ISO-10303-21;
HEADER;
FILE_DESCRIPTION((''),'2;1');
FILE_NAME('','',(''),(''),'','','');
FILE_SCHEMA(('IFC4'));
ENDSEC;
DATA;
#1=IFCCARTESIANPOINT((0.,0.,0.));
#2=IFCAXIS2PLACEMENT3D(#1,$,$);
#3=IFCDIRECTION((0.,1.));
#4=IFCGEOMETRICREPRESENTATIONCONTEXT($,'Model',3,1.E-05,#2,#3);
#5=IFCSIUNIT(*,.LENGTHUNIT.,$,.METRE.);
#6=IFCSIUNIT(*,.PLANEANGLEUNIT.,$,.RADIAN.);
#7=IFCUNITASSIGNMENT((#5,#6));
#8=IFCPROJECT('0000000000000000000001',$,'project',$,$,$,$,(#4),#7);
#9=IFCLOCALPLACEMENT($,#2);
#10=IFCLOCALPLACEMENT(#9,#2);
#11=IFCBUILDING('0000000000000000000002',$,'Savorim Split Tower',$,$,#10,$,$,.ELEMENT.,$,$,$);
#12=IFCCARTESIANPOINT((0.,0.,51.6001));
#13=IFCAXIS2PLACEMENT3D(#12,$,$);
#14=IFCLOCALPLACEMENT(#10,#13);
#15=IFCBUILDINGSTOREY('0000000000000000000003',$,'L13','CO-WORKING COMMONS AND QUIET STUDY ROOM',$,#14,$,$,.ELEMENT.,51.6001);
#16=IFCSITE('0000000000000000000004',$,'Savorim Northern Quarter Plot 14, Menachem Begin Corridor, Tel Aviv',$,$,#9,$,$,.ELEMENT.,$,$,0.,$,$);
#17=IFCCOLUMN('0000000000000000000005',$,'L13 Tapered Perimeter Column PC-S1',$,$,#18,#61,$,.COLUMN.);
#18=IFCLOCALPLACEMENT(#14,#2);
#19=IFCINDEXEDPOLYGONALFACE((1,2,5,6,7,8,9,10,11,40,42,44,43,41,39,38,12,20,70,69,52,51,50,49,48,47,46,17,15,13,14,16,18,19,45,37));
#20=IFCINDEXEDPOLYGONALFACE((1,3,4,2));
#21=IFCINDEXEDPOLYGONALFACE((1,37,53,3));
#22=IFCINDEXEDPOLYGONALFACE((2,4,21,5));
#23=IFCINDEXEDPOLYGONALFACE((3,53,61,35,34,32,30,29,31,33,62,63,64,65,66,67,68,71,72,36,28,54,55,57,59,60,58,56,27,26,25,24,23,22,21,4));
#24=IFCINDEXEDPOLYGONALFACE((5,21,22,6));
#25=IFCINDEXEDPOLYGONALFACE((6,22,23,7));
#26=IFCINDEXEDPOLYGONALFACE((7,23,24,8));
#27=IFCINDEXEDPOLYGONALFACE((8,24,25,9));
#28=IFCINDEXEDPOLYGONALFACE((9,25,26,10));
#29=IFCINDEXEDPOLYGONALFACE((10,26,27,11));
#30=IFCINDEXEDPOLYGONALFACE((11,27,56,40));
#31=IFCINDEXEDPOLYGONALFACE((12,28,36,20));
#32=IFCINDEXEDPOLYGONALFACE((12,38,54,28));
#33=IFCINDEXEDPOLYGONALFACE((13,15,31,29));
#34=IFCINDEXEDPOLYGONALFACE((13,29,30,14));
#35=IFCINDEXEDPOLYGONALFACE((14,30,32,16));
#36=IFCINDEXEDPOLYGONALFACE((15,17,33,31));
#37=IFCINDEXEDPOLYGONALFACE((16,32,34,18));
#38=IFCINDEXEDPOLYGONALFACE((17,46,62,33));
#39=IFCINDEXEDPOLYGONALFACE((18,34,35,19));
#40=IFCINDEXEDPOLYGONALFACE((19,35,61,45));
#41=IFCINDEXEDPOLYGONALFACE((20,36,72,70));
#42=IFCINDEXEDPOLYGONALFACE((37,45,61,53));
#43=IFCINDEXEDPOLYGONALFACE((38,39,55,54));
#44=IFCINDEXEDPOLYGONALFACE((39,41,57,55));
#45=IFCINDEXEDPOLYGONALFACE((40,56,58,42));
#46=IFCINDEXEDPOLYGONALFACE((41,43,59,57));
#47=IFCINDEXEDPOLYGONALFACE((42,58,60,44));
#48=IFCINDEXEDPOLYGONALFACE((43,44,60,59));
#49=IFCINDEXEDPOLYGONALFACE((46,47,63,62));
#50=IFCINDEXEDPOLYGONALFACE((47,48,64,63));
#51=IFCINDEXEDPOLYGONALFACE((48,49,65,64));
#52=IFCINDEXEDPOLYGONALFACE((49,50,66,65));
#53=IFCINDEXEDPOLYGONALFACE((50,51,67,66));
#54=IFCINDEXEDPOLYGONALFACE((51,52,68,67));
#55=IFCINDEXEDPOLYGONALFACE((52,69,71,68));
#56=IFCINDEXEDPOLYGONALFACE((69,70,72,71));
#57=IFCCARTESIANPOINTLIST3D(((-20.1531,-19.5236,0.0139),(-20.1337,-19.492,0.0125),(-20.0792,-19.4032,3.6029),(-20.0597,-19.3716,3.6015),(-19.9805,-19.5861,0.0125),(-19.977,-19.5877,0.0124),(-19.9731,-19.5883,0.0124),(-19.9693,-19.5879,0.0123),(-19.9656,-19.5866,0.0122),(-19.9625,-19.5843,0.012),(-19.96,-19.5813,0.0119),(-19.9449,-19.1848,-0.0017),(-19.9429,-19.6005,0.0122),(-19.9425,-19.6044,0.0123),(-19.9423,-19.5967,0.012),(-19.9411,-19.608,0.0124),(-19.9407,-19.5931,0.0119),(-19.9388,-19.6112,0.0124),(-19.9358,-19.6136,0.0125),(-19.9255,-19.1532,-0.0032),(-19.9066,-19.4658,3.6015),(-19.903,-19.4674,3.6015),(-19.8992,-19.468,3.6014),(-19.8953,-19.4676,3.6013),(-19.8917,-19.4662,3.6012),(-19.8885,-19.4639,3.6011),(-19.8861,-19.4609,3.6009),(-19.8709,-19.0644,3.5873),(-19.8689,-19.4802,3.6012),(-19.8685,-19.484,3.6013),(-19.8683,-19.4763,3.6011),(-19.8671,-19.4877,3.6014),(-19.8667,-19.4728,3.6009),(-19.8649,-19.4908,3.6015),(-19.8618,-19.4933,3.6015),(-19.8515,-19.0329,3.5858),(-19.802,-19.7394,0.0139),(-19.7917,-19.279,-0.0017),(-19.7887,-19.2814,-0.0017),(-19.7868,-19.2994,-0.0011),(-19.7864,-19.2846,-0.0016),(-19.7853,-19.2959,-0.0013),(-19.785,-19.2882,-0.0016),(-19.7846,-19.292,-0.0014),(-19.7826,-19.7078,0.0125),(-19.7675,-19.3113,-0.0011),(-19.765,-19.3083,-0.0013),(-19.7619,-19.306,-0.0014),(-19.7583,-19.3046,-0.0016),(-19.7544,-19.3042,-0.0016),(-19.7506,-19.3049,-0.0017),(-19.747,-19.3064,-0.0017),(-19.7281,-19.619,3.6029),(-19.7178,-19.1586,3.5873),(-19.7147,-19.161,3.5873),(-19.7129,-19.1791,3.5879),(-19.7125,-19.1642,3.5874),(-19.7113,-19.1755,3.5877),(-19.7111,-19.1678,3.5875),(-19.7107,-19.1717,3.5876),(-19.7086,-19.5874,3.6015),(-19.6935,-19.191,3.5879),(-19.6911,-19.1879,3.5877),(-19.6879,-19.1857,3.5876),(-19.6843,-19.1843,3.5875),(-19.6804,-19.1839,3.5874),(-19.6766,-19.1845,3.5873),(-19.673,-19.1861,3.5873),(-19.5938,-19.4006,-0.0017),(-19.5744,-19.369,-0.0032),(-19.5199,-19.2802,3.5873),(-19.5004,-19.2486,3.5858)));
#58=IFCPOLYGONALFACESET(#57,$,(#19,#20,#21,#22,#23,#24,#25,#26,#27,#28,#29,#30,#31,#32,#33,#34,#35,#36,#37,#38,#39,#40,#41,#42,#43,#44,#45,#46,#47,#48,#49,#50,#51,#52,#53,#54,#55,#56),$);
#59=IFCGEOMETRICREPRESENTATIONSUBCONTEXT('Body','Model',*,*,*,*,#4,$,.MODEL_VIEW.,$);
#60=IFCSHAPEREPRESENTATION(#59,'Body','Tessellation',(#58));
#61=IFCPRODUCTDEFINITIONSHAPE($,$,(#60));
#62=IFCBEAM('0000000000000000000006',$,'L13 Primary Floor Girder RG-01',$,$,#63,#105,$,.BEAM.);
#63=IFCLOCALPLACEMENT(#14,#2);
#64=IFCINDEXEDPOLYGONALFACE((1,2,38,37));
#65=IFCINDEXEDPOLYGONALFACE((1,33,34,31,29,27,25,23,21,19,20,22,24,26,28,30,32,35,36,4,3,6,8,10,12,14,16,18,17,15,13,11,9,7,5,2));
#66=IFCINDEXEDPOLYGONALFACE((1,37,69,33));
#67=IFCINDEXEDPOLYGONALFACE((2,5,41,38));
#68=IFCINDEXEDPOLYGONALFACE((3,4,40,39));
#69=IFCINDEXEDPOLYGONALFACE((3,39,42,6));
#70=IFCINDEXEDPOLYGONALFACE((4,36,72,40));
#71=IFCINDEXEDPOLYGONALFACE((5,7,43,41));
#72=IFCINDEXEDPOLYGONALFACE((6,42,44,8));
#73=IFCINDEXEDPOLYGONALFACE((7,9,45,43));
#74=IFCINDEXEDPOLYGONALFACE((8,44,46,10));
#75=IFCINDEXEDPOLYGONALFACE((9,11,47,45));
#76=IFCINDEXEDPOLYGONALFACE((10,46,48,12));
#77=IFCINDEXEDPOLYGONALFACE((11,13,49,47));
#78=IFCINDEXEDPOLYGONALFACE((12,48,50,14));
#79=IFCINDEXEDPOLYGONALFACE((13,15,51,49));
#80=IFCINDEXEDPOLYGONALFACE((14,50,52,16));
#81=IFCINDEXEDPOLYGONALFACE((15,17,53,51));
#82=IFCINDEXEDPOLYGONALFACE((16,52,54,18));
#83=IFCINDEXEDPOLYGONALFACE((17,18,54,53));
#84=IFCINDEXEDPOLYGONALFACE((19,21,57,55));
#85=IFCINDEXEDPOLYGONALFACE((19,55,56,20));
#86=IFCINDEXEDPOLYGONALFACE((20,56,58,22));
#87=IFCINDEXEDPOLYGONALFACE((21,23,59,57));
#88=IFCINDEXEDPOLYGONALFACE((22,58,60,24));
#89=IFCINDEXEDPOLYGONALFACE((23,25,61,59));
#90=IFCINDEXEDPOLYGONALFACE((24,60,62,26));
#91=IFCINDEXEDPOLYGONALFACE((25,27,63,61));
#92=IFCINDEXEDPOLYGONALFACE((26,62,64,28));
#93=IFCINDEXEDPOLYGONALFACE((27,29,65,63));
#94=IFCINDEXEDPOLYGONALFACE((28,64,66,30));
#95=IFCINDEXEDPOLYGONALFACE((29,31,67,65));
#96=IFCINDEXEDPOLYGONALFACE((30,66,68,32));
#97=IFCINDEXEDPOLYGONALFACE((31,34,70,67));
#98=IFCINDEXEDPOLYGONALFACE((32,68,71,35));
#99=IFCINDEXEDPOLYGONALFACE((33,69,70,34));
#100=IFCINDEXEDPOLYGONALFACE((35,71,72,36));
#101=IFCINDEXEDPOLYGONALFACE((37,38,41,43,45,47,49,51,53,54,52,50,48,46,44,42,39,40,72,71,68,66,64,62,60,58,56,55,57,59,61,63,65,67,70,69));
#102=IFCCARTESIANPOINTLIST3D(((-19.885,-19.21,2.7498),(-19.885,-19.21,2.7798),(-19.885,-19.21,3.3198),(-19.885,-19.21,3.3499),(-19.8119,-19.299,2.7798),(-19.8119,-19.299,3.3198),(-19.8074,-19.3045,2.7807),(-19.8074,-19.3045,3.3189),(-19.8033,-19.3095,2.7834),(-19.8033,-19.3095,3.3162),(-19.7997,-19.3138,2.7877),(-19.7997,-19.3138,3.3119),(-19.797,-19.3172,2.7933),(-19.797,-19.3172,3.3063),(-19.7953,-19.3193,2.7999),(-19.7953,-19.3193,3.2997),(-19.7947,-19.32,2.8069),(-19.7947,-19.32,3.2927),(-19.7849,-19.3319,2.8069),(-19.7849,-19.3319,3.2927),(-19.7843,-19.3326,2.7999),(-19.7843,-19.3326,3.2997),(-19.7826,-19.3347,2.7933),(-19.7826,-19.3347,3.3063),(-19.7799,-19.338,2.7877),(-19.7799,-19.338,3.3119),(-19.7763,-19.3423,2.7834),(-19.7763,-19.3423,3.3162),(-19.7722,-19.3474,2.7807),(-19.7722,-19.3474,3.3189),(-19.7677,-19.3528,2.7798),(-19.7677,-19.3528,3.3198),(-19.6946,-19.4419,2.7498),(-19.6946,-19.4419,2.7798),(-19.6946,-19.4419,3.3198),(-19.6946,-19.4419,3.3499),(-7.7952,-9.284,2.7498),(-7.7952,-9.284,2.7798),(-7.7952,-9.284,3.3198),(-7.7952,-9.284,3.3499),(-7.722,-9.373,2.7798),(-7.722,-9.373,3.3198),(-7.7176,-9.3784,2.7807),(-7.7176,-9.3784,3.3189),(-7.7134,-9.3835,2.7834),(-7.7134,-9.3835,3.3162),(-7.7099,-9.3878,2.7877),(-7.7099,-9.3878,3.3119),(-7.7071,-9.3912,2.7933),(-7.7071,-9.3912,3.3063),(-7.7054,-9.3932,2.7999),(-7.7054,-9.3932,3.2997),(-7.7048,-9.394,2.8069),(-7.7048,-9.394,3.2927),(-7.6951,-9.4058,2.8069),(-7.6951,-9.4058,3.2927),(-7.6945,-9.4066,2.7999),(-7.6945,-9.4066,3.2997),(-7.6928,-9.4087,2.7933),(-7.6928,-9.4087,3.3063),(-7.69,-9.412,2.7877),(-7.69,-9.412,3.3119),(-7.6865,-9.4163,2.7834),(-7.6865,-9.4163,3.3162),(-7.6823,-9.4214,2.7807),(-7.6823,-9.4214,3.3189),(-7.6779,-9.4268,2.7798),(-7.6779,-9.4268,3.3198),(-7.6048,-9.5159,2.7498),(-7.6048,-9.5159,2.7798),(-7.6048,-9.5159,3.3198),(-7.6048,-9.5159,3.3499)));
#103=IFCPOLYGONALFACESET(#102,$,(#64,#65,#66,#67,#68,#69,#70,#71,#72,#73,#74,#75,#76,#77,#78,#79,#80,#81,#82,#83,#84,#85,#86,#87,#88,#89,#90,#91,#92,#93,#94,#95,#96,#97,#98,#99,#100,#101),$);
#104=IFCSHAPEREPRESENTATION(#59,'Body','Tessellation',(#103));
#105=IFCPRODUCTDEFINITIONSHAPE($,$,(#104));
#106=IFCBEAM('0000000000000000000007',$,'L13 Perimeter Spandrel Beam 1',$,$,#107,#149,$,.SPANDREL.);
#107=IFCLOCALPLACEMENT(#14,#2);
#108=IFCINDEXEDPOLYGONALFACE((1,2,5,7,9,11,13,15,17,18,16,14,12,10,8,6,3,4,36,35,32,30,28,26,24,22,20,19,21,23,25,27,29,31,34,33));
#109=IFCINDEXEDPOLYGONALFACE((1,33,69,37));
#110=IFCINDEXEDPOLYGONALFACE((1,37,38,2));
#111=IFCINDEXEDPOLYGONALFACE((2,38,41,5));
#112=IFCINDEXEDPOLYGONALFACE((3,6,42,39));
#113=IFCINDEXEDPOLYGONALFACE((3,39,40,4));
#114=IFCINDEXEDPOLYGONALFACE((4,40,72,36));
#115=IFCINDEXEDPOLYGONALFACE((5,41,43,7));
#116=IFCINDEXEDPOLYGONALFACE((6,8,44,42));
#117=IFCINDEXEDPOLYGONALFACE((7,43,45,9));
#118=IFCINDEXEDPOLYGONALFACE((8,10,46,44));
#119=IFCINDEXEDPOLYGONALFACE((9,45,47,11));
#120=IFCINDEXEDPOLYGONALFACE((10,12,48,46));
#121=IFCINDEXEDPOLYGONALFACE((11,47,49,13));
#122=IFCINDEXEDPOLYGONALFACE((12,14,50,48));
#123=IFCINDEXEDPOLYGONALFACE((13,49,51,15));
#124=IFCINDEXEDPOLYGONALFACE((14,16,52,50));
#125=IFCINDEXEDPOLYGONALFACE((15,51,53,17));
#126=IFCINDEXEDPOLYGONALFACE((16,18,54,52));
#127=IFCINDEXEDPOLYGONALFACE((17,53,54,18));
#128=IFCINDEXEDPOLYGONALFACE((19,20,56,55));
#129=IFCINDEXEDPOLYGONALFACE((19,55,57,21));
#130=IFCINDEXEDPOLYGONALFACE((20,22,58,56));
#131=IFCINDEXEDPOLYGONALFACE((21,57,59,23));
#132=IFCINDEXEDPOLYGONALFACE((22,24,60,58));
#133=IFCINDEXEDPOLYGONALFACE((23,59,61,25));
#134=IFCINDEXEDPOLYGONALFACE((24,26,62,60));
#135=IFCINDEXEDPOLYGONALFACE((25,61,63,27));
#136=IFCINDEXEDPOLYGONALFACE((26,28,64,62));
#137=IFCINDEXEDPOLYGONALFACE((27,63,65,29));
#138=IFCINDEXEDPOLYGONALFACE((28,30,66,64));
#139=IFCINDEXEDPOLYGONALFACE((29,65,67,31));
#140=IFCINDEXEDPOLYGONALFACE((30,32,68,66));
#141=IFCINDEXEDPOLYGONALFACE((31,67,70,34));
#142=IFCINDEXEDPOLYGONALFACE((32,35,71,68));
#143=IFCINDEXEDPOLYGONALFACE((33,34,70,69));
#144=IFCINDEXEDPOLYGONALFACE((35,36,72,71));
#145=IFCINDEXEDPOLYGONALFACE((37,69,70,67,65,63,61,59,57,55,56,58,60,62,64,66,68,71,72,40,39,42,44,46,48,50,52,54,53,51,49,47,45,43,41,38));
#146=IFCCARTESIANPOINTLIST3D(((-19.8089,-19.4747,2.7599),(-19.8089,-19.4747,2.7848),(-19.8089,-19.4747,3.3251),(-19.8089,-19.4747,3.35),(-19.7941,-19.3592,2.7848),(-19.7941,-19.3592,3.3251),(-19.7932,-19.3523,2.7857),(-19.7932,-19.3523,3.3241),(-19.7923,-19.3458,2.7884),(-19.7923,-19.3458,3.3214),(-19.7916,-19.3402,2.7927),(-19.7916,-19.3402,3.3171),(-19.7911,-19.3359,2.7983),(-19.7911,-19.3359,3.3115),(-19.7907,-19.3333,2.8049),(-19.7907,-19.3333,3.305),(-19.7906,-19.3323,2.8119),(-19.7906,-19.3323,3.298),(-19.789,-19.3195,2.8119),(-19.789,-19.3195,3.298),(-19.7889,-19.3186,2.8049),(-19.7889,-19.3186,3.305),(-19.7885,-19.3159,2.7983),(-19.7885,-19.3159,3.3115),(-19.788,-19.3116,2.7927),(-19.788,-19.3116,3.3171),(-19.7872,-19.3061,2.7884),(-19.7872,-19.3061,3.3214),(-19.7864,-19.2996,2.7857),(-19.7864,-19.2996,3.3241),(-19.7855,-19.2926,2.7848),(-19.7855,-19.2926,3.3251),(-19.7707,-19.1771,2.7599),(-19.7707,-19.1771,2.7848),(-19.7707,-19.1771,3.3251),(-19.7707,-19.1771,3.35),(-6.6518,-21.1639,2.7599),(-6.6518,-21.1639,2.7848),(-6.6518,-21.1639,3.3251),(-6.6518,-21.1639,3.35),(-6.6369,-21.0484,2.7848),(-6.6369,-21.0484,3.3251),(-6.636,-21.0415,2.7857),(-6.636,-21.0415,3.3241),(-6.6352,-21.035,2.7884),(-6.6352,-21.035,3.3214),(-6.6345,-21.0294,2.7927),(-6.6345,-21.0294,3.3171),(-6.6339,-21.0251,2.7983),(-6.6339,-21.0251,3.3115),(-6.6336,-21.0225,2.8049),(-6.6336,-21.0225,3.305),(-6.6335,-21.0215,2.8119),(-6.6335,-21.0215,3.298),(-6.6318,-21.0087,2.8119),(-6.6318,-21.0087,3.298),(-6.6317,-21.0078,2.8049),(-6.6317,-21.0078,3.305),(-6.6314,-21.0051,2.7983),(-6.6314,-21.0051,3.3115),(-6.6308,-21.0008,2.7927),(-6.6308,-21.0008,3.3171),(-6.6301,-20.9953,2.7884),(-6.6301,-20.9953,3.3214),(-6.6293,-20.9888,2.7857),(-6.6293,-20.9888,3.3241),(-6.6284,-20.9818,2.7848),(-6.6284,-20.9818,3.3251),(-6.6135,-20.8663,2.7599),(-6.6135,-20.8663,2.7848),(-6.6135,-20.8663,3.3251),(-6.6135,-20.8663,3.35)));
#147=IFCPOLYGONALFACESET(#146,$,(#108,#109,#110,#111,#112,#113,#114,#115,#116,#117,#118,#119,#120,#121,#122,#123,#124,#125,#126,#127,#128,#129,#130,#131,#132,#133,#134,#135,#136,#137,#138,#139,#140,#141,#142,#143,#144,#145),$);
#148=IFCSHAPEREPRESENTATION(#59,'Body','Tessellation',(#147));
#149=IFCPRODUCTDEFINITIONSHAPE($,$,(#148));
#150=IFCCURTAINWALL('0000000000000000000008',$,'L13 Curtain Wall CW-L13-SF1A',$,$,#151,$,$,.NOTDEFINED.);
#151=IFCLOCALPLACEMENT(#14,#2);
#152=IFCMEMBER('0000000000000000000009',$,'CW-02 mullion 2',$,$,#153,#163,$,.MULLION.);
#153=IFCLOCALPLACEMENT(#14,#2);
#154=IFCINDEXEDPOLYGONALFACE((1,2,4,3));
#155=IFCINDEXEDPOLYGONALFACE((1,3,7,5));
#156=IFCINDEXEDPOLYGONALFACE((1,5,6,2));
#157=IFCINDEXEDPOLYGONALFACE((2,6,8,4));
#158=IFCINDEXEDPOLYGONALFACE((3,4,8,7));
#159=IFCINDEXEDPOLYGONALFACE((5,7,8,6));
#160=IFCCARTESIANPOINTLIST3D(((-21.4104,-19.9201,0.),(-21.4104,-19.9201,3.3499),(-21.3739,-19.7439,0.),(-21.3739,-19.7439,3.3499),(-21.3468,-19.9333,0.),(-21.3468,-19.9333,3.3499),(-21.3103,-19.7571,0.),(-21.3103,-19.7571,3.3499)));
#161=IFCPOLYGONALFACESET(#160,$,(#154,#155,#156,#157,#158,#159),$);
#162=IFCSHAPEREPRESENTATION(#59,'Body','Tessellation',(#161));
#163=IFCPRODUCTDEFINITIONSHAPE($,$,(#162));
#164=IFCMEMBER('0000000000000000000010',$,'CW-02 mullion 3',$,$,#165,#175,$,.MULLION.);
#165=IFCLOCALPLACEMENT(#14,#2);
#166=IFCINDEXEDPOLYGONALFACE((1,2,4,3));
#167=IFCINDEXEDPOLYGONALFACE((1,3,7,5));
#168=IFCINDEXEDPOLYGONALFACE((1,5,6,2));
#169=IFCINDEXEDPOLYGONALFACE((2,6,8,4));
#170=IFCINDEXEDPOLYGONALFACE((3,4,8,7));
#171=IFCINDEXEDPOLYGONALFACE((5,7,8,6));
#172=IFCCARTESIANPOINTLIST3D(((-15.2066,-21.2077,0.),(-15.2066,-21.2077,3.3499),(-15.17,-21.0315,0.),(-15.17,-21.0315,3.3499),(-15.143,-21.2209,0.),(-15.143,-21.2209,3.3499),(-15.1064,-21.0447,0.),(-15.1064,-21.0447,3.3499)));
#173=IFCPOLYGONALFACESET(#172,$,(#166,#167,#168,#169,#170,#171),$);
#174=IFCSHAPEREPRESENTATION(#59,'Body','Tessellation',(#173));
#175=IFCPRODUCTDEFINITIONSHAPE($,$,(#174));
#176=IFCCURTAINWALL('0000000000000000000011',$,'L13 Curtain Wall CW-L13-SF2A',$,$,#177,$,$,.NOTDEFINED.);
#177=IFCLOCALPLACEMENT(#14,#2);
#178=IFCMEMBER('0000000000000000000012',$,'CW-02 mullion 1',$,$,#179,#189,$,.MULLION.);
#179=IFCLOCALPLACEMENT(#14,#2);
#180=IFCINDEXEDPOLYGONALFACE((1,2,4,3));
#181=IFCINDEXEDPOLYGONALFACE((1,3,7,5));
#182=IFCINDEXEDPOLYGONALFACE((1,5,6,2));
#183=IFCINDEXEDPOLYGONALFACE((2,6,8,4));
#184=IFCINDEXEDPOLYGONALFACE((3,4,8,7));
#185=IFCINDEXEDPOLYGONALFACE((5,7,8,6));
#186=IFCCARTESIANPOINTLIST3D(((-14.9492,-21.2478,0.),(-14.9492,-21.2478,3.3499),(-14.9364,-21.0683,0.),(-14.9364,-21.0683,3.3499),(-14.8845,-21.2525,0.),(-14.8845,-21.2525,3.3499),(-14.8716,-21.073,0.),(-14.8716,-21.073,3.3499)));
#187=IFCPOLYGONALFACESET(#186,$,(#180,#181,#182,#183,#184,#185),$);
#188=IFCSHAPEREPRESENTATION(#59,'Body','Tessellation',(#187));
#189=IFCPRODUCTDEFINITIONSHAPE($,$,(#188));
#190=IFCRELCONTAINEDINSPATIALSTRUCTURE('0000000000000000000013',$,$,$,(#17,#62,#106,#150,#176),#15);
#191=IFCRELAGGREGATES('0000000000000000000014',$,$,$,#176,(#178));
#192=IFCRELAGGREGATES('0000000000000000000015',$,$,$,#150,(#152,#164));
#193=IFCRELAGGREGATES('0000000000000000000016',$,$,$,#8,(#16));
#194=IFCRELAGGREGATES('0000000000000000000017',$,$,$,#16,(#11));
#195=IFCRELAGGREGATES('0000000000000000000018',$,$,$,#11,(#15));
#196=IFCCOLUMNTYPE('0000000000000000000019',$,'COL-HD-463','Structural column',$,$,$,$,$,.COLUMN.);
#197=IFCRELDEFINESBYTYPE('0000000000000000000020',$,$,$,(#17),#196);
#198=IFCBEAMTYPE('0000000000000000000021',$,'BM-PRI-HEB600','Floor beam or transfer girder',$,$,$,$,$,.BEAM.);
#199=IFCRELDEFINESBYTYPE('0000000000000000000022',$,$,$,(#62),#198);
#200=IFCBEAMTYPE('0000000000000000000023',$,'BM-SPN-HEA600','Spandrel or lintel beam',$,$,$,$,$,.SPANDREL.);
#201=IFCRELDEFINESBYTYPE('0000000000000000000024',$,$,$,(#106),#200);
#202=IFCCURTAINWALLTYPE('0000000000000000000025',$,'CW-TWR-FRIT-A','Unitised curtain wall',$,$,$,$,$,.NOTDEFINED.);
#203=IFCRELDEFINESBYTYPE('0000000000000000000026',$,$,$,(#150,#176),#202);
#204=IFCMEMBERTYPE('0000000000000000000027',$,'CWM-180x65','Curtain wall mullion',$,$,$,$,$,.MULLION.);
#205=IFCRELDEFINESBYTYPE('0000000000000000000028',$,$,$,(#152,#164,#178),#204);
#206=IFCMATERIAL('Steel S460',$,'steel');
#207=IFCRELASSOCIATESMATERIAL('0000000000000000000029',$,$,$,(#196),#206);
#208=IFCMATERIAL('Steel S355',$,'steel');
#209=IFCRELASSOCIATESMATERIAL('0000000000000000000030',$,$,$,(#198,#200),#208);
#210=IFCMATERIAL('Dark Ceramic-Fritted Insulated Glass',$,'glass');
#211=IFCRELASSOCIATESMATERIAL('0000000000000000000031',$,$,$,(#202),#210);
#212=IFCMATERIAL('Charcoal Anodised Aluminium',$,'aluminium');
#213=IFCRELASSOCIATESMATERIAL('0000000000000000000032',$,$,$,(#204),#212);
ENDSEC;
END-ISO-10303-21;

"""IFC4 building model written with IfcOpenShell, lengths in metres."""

from ifc_helpers import new_model, si_unit, direction, frame, origin, origin_2d, place, context, subcontext, project, spatial, rectangle, i_section, extrude, material, material_profile, profile_set, type_object, element, aggregate, save


model = new_model("IFC4")

# Units and contexts
model_context = context("Model", 3, precision=1e-05, world=origin(), true_north=direction((0.0, 1.0)))
body_context = subcontext(model_context, "Body", "Model", "MODEL_VIEW")
ifc_project = project(units=[si_unit("LENGTHUNIT", "METRE"), si_unit("PLANEANGLEUNIT", "RADIAN")], contexts=[model_context])

# Site, building, storey
site_placement = place(None, origin())
site = spatial("IfcSite", under=ifc_project, at=site_placement, Name="Savorim Northern Quarter Plot 14, Menachem Begin Corridor, Tel Aviv", CompositionType="ELEMENT", RefElevation=0.0)
building_placement = place(site_placement, origin())
building = spatial("IfcBuilding", under=site, at=building_placement, Name="Savorim Split Tower", CompositionType="ELEMENT")
storey_placement = place(building_placement, frame((0.0, 0.0, 51.6001)))
storey = spatial("IfcBuildingStorey", under=building, at=storey_placement, Name="L13", Description="CO-WORKING COMMONS AND QUIET STUDY ROOM", CompositionType="ELEMENT", Elevation=51.6001)

# Column
ifc_material_1 = material(Name="Steel S460", Category="steel")
ifc_material_profile_1 = material_profile(ifc_material_1, i_section(OverallWidth=0.4121, OverallDepth=0.4351, WebThickness=0.0227, FlangeThickness=0.0371, FilletRadius=0.0149, at=origin_2d()), Name="HD 400x463")
ifc_profile_set_1 = profile_set([ifc_material_profile_1], Name="Steel S460")
column_type = type_object("IfcColumnType", Name="COL-HD-463", Description="Structural column", PredefinedType="COLUMN", material=ifc_profile_set_1)
column_placement = place(storey_placement, frame((-19.8638, -19.4463, 0.0054), z_axis=(0.020595, 0.033509, 0.999226), x_axis=(-0.851955, 0.523615, 0.0)))
element("IfcColumn", 1, at=column_placement, inside=storey, type_object=column_type, Name="L13 Tapered Perimeter Column PC-S1", PredefinedType="COLUMN", context=body_context, shape_type="SweptSolid", body=[
    extrude(i_section(OverallWidth=0.4121, OverallDepth=0.4351, WebThickness=0.0227, FlangeThickness=0.0371, FilletRadius=0.0149, at=origin_2d()), origin(), (0.0, 0.0, 1.0), 3.5918),
])

# Beams
ifc_material_2 = material(Name="Steel S355", Category="steel")
ifc_material_profile_2 = material_profile(ifc_material_2, i_section(OverallWidth=0.3, OverallDepth=0.6001, WebThickness=0.0154, FlangeThickness=0.03, FilletRadius=0.0271, at=origin_2d()), Name="HEB 600")
ifc_profile_set_2 = profile_set([ifc_material_profile_2], Name="Steel S355")
beam_type_1 = type_object("IfcBeamType", Name="BM-PRI-HEB600", Description="Floor beam or transfer girder", PredefinedType="BEAM", material=ifc_profile_set_2)
beam_1_placement = place(storey_placement, frame((-19.7898, -19.3259, 3.0498), z_axis=(0.77288, 0.634552, 0.0), x_axis=(-0.634552, 0.77288, 0.0)))
element("IfcBeam", 2, at=beam_1_placement, inside=storey, type_object=beam_type_1, Name="L13 Primary Floor Girder RG-01", PredefinedType="BEAM", context=body_context, shape_type="SweptSolid", body=[
    extrude(i_section(OverallWidth=0.3, OverallDepth=0.6001, WebThickness=0.0154, FlangeThickness=0.03, FilletRadius=0.0271, at=origin_2d()), origin(), (0.0, 0.0, 1.0), 15.6426),
])
ifc_material_profile_3 = material_profile(ifc_material_2, i_section(OverallWidth=0.3, OverallDepth=0.5901, WebThickness=0.0129, FlangeThickness=0.0249, FilletRadius=0.0271, at=origin_2d()), Name="HEA 600")
ifc_profile_set_3 = profile_set([ifc_material_profile_3], Name="Steel S355")
beam_type_2 = type_object("IfcBeamType", Name="BM-SPN-HEA600", Description="Spandrel or lintel beam", PredefinedType="SPANDREL", material=ifc_profile_set_3)
beam_2_placement = place(storey_placement, frame((-19.7898, -19.3259, 3.0549), z_axis=(0.991859, -0.127341, 0.0), x_axis=(0.127341, 0.991859, 0.0)))
element("IfcBeam", 3, at=beam_2_placement, inside=storey, type_object=beam_type_2, Name="L13 Perimeter Spandrel Beam 1", PredefinedType="SPANDREL", context=body_context, shape_type="SweptSolid", body=[
    extrude(i_section(OverallWidth=0.3, OverallDepth=0.5901, WebThickness=0.0129, FlangeThickness=0.0249, FilletRadius=0.0271, at=origin_2d()), origin(), (0.0, 0.0, 1.0), 13.2651),
])

# Curtain wall, members
ifc_material_3 = material(Name="Dark Ceramic-Fritted Insulated Glass", Category="glass")
curtain_wall_type = type_object("IfcCurtainWallType", Name="CW-TWR-FRIT-A", Description="Unitised curtain wall", PredefinedType="NOTDEFINED", material=ifc_material_3)
curtain_wall_1_placement = place(storey_placement, origin())
curtain_wall_1 = element("IfcCurtainWall", 4, at=curtain_wall_1_placement, inside=storey, type_object=curtain_wall_type, Name="L13 Curtain Wall CW-L13-SF1A", PredefinedType="NOTDEFINED")
ifc_material_4 = material(Name="Charcoal Anodised Aluminium", Category="aluminium")
ifc_material_profile_4 = material_profile(ifc_material_4, rectangle(XDim=0.1799, YDim=0.0649, at=origin_2d()), Name="ALU-M 180x65")
ifc_profile_set_4 = profile_set([ifc_material_profile_4], Name="Charcoal Anodised Aluminium")
member_type_1 = type_object("IfcMemberType", Name="CWM-180x65", Description="Curtain wall mullion", PredefinedType="MULLION", material=ifc_profile_set_4)
member_1_placement = place(storey_placement, frame((-21.3604, -19.8386, 0.0), z_axis=(0.0, 0.0, 1.0), x_axis=(0.203216, 0.979134, 0.0)))
member_1 = element("IfcMember", 5, at=member_1_placement, type_object=member_type_1, Name="CW-02 mullion 2", PredefinedType="MULLION", context=body_context, shape_type="SweptSolid", body=[
    extrude(rectangle(XDim=0.1799, YDim=0.0649, at=origin_2d()), origin(), (0.0, 0.0, 1.0), 3.3499),
])
member_2_placement = place(storey_placement, frame((-15.1565, -21.1262, 0.0), z_axis=(0.0, 0.0, 1.0), x_axis=(0.203216, 0.979134, 0.0)))
member_2 = element("IfcMember", 6, at=member_2_placement, type_object=member_type_1, Name="CW-02 mullion 3", PredefinedType="MULLION", context=body_context, shape_type="SweptSolid", body=[
    extrude(rectangle(XDim=0.1799, YDim=0.0649, at=origin_2d()), origin(), (0.0, 0.0, 1.0), 3.3499),
])

# Curtain wall, member
curtain_wall_2_placement = place(storey_placement, origin())
curtain_wall_2 = element("IfcCurtainWall", 7, at=curtain_wall_2_placement, inside=storey, type_object=curtain_wall_type, Name="L13 Curtain Wall CW-L13-SF2A", PredefinedType="NOTDEFINED")
member_3_placement = place(storey_placement, frame((-14.9104, -21.1604, 0.0), z_axis=(0.0, 0.0, 1.0), x_axis=(0.071559, 0.997436, 0.0)))
member_3 = element("IfcMember", 8, at=member_3_placement, type_object=member_type_1, Name="CW-02 mullion 1", PredefinedType="MULLION", context=body_context, shape_type="SweptSolid", body=[
    extrude(rectangle(XDim=0.1799, YDim=0.0649, at=origin_2d()), origin(), (0.0, 0.0, 1.0), 3.3499),
])

aggregate(curtain_wall_2, [member_3])

aggregate(curtain_wall_1, [member_1, member_2])

save(model, "model.ifc")
